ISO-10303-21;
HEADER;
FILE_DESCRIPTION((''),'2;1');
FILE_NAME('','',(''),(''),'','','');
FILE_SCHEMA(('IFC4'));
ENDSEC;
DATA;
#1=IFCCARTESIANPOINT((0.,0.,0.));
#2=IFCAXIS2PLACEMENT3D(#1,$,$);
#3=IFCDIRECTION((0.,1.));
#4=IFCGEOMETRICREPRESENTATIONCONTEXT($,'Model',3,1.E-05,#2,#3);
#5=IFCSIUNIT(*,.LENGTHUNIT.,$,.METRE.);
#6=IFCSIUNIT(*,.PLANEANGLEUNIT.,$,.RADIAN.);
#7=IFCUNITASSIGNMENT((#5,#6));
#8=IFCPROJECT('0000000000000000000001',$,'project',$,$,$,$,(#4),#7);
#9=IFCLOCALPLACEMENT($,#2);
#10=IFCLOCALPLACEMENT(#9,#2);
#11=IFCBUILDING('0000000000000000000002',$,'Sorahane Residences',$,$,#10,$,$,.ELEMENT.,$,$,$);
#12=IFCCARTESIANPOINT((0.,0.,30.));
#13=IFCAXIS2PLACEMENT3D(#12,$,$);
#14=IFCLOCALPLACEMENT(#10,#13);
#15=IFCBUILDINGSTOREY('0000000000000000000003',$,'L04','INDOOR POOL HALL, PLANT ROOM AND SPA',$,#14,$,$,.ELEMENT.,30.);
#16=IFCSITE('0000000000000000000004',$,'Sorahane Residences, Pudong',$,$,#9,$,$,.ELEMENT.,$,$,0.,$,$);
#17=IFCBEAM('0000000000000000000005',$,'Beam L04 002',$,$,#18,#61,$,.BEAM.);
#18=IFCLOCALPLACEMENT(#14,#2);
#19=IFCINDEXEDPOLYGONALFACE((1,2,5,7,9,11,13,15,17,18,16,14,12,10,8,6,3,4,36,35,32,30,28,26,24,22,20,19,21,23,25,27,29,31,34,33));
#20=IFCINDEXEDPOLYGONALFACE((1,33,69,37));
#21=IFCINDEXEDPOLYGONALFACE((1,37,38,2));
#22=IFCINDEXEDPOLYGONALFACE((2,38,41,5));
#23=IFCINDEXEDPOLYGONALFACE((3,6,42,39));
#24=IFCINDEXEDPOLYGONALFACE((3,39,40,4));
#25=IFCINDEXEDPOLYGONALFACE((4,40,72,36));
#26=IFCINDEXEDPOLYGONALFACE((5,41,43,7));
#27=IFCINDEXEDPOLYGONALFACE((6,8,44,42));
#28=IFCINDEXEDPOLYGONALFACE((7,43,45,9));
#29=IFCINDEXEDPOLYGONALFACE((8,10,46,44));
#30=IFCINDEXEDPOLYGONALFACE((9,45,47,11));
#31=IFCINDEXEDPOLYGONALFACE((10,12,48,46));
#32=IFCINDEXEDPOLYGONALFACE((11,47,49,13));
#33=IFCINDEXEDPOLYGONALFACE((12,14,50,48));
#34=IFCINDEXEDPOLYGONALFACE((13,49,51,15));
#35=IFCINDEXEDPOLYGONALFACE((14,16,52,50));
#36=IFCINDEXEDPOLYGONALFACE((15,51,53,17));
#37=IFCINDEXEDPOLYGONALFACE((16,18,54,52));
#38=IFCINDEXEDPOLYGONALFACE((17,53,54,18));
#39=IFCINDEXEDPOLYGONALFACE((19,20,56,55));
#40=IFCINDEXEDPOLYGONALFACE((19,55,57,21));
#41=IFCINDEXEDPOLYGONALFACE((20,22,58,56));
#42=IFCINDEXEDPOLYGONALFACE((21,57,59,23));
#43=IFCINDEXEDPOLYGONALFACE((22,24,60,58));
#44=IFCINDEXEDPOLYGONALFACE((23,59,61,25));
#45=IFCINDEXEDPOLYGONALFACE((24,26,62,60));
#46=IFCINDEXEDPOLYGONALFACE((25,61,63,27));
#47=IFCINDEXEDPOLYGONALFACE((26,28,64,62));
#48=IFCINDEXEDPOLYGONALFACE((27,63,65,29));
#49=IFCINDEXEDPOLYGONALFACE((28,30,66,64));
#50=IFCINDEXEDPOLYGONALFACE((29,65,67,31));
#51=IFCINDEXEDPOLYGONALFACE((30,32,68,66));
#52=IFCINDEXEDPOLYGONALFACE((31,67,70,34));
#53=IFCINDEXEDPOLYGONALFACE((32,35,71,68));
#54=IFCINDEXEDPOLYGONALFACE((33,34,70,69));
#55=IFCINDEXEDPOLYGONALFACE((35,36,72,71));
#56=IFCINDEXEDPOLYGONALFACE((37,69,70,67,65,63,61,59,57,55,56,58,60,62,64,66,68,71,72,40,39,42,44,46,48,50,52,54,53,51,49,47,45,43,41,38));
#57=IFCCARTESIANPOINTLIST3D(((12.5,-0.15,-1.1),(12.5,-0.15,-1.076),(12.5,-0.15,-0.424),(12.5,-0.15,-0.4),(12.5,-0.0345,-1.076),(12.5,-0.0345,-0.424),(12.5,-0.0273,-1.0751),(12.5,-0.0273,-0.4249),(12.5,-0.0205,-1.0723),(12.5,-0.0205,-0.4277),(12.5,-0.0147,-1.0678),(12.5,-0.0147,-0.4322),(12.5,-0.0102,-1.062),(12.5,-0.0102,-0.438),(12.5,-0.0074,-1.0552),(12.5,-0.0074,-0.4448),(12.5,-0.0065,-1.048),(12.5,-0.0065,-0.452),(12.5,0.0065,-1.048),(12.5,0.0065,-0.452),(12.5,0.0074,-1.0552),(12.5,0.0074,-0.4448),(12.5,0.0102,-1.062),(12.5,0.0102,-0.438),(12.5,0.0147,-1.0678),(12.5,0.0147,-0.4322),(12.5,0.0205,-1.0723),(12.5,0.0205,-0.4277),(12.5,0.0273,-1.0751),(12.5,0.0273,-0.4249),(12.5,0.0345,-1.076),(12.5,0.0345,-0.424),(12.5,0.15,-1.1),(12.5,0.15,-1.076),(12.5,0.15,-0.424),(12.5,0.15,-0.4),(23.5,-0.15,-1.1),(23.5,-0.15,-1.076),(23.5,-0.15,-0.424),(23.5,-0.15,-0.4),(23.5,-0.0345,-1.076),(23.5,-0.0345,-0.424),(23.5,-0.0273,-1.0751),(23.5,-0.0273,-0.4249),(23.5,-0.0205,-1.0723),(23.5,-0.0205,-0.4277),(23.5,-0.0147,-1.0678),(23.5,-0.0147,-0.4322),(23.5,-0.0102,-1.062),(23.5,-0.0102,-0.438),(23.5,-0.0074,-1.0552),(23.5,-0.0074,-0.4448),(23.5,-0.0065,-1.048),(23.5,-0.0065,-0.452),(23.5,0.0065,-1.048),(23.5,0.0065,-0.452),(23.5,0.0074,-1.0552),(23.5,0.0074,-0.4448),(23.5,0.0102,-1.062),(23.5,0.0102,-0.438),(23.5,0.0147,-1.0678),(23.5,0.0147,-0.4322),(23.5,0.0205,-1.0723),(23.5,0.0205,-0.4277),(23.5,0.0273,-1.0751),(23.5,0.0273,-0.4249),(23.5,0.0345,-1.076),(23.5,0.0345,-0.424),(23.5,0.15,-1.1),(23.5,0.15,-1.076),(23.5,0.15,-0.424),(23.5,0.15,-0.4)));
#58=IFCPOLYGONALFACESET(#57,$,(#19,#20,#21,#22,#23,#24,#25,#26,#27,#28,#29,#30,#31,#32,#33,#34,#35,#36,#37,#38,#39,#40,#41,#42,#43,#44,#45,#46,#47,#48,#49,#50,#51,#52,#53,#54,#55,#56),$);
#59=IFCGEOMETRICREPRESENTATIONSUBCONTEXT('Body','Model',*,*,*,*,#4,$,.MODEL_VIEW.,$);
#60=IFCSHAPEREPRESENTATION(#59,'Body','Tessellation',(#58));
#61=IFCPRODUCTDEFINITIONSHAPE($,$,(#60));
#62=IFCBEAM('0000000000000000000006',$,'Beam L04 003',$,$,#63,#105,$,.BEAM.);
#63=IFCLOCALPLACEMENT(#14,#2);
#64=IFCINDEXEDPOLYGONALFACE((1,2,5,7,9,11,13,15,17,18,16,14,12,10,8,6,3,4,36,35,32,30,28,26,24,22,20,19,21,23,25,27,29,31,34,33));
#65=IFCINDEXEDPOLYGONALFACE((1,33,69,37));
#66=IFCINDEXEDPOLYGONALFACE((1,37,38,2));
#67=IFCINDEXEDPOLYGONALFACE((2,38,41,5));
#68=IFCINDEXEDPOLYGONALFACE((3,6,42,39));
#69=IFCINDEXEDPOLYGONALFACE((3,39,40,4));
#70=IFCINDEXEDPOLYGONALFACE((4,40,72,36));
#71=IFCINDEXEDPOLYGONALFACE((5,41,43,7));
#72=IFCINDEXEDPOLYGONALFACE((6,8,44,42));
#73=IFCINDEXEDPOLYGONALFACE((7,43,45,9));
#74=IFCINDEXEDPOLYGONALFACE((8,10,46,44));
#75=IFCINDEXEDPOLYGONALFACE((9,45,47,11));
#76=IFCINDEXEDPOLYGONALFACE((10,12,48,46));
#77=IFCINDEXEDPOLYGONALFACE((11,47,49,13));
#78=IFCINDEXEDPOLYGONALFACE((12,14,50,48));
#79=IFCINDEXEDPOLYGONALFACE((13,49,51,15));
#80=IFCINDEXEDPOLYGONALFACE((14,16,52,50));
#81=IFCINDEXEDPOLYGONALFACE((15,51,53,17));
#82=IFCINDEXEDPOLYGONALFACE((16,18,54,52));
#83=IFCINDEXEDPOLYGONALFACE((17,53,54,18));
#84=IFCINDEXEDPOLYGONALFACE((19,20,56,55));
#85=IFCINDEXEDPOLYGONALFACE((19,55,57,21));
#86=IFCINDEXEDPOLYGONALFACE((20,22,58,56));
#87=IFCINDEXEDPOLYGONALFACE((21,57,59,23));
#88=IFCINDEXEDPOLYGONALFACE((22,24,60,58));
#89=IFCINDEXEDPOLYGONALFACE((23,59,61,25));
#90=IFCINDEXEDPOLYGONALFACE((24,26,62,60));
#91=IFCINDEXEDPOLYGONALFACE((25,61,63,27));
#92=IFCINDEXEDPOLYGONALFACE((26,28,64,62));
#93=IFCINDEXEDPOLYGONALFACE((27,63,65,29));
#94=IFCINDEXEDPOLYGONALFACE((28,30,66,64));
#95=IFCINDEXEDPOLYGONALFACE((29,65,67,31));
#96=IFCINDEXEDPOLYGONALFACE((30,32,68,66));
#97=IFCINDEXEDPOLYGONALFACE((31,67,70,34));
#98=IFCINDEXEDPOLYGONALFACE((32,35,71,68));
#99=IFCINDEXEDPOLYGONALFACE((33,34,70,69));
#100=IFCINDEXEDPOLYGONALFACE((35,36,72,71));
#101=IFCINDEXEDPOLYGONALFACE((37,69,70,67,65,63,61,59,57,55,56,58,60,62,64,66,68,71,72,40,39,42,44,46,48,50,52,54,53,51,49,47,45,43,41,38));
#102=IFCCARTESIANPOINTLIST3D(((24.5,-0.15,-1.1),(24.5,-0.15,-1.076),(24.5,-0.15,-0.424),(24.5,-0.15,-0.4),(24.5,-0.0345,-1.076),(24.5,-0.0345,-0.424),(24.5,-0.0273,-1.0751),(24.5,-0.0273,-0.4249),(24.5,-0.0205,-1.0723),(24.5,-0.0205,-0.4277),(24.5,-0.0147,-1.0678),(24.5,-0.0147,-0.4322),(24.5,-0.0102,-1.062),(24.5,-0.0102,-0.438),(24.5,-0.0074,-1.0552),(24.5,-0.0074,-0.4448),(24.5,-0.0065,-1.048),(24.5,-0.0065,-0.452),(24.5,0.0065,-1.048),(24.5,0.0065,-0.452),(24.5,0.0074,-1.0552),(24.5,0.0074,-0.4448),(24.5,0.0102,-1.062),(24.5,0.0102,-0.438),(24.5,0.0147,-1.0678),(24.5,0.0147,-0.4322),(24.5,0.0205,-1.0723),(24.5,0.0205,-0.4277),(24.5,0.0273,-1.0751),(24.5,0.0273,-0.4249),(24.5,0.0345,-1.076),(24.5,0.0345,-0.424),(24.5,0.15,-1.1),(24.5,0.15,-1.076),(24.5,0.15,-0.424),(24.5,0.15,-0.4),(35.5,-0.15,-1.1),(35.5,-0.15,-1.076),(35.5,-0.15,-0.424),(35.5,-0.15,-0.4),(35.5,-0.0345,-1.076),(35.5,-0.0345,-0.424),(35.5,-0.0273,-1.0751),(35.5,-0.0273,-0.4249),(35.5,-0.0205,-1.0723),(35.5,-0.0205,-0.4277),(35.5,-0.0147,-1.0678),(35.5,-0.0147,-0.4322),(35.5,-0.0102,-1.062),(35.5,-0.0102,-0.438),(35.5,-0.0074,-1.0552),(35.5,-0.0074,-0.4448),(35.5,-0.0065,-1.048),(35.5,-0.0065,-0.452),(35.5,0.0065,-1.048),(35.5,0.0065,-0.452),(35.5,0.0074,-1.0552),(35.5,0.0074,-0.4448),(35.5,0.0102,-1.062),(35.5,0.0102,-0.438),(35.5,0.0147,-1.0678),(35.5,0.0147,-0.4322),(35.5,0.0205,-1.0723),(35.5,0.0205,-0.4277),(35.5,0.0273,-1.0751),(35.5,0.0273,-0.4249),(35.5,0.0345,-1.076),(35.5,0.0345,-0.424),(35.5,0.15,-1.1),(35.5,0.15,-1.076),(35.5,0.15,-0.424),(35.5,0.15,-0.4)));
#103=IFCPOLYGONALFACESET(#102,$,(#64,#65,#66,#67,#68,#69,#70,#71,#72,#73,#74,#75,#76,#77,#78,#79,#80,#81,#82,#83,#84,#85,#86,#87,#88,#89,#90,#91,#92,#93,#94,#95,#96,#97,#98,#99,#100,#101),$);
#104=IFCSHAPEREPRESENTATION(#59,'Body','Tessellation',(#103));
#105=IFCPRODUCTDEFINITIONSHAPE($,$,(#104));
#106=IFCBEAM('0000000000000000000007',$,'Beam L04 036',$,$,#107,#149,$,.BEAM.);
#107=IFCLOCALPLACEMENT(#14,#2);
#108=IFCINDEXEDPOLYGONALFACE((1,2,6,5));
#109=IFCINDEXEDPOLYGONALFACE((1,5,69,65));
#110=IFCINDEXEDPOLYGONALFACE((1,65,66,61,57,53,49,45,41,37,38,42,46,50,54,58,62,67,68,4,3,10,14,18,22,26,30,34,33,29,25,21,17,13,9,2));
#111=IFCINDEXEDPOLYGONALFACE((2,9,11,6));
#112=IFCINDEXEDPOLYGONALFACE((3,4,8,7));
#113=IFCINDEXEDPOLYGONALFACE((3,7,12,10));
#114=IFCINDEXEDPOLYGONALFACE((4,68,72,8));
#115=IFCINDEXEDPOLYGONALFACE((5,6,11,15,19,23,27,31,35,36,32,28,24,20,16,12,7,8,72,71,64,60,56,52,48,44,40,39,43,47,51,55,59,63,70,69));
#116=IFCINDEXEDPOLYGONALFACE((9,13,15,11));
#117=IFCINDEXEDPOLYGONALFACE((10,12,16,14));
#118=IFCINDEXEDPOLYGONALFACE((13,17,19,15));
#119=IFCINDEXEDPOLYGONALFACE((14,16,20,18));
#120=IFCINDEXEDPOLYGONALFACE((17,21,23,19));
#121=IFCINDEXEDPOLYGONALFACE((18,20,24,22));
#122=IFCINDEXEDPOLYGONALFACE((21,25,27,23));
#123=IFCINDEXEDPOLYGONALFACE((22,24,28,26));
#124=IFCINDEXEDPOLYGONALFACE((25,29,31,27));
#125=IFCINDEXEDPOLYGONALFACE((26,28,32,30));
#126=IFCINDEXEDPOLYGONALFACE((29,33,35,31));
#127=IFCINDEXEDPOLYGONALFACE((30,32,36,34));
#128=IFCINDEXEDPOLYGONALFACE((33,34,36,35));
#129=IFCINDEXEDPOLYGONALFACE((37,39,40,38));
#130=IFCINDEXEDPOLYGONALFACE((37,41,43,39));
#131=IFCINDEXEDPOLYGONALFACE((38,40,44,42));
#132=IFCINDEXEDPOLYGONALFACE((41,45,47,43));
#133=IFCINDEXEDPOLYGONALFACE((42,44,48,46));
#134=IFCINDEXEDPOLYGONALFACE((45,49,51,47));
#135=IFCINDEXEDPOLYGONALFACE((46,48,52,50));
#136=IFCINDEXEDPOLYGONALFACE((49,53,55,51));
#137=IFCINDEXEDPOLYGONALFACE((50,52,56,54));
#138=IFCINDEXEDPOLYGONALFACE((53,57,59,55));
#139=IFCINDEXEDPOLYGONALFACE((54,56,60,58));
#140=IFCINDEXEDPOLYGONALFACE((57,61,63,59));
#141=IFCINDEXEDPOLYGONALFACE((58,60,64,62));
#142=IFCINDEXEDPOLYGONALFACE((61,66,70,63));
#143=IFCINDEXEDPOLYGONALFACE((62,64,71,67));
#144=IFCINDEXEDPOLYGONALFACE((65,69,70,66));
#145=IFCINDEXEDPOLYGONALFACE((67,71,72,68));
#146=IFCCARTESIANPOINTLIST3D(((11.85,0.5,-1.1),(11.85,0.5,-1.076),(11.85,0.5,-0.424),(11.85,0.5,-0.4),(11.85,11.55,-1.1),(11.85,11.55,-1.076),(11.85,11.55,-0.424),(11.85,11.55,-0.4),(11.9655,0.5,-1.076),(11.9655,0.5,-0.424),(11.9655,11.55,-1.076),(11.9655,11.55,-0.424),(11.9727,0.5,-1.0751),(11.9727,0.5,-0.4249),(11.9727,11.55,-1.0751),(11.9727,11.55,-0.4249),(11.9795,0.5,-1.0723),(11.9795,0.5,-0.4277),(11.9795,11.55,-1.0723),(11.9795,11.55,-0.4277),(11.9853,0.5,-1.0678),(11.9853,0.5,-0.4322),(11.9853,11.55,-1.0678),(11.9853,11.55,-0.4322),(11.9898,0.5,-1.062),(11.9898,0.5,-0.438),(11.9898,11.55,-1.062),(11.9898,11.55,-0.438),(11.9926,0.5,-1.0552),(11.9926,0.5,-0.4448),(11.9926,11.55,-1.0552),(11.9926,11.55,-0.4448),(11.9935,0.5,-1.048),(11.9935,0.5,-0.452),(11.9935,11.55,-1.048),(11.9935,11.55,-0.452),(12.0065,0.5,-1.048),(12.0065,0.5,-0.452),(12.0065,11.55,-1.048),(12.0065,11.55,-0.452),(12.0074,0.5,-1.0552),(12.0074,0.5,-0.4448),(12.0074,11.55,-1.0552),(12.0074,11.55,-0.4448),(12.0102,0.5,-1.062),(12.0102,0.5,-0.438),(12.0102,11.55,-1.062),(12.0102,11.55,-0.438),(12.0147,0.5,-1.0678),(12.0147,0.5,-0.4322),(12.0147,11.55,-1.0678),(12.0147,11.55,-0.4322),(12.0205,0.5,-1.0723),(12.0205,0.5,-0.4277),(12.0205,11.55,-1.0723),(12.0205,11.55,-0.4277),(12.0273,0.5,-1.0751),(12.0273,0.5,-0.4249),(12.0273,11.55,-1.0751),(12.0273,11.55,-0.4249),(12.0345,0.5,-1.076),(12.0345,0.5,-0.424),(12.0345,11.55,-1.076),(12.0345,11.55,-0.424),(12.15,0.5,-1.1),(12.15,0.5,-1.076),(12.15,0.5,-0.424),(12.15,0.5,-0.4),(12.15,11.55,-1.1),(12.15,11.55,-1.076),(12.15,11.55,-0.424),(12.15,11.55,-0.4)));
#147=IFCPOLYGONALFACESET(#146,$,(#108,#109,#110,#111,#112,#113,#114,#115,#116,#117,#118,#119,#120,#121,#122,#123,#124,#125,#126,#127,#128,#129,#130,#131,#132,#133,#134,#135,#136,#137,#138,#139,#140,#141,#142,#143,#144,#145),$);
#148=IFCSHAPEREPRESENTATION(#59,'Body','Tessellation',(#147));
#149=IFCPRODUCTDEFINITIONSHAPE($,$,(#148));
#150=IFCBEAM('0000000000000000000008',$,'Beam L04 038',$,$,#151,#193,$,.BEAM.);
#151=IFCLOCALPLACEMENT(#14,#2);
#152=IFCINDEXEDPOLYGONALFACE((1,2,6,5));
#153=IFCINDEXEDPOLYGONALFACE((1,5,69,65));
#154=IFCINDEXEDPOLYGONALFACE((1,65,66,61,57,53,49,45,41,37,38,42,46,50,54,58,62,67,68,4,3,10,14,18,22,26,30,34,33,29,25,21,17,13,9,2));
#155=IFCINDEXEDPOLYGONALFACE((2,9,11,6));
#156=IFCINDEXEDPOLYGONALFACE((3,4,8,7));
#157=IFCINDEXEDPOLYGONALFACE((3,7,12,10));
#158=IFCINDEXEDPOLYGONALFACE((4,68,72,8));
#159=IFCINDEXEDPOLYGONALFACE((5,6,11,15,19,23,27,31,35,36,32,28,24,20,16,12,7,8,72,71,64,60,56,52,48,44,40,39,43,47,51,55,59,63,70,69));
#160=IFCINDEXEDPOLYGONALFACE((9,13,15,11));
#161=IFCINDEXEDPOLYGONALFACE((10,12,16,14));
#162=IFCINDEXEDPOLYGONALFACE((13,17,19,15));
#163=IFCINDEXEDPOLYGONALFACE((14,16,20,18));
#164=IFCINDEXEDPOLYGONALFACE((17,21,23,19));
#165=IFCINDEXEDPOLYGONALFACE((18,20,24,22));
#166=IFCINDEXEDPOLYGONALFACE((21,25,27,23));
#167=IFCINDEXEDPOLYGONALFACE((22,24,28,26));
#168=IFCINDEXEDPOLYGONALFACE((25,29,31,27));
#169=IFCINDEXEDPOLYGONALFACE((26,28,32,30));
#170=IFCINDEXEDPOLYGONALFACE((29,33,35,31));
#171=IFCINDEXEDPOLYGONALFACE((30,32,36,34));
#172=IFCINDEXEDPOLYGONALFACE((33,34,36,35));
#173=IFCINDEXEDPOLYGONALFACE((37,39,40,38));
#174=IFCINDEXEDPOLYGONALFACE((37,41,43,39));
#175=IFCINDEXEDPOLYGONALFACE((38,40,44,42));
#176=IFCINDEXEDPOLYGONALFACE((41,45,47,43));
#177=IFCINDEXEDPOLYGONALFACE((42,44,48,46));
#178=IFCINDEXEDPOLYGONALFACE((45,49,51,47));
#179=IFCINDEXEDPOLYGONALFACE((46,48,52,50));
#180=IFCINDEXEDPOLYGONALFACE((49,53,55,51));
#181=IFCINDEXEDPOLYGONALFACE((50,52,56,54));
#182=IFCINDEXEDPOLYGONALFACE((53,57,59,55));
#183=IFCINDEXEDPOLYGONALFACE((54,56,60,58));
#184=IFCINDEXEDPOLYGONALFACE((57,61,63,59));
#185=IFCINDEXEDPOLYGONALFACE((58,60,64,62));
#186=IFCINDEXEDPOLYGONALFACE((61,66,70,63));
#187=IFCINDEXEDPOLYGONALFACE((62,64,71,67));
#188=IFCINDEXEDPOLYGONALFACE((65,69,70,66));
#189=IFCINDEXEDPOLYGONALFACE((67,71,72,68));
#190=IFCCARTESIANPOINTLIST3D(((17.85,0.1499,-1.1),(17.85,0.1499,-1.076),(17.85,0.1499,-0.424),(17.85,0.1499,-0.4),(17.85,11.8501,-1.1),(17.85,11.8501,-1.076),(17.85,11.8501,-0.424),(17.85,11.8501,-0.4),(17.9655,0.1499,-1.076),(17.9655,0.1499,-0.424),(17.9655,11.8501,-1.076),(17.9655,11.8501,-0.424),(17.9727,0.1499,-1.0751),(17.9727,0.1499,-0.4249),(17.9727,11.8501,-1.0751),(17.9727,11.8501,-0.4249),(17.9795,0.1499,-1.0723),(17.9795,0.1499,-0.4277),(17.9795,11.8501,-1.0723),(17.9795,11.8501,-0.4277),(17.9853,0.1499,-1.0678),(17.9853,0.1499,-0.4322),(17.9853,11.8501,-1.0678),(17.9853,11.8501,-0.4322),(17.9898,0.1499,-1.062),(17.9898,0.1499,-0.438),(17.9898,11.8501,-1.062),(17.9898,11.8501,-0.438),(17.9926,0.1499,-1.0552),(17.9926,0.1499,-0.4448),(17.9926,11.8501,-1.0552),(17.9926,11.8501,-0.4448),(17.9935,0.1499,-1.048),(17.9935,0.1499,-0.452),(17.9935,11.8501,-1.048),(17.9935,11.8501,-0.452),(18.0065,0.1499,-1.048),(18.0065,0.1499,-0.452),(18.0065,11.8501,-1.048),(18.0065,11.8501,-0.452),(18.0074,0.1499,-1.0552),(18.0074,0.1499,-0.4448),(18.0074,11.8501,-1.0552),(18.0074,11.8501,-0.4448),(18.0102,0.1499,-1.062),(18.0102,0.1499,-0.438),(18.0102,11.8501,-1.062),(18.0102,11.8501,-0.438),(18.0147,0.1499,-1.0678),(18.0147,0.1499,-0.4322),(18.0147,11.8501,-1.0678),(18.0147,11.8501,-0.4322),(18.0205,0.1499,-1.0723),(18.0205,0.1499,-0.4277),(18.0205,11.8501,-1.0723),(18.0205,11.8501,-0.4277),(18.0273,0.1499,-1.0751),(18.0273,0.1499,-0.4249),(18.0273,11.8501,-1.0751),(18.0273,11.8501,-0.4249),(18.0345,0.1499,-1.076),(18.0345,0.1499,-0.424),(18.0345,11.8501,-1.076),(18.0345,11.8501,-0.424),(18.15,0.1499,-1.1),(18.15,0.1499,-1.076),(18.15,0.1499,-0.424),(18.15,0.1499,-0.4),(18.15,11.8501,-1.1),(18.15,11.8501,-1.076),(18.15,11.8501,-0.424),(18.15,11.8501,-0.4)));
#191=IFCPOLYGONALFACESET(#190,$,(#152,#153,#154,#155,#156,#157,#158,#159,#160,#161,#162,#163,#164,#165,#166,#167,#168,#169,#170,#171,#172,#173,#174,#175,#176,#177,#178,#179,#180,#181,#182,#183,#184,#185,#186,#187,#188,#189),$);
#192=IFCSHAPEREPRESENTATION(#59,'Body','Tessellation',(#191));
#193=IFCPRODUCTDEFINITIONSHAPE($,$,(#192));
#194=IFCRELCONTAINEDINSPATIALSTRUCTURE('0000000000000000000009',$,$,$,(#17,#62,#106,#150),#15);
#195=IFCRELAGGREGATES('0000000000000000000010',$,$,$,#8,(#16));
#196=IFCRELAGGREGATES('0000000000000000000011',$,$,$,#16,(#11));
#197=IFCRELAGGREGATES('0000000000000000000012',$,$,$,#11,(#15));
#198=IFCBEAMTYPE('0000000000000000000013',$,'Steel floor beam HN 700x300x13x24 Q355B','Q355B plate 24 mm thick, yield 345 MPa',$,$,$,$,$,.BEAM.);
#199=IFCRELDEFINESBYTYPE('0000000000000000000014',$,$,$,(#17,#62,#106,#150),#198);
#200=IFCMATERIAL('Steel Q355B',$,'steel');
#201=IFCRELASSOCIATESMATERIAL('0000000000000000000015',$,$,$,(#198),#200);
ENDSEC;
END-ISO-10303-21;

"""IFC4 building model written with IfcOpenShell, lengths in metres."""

from ifc_helpers import new_model, si_unit, direction, frame, origin, origin_2d, place, context, subcontext, project, spatial, i_section, extrude, material, material_profile, profile_set, type_object, element, save


model = new_model("IFC4")

# Units and contexts
model_context = context("Model", 3, precision=1e-05, world=origin(), true_north=direction((0.0, 1.0)))
body_context = subcontext(model_context, "Body", "Model", "MODEL_VIEW")
ifc_project = project(units=[si_unit("LENGTHUNIT", "METRE"), si_unit("PLANEANGLEUNIT", "RADIAN")], contexts=[model_context])

# Site, building, storey
site_placement = place(None, origin())
site = spatial("IfcSite", under=ifc_project, at=site_placement, Name="Sorahane Residences, Pudong", CompositionType="ELEMENT", RefElevation=0.0)
building_placement = place(site_placement, origin())
building = spatial("IfcBuilding", under=site, at=building_placement, Name="Sorahane Residences", CompositionType="ELEMENT")
storey_placement = place(building_placement, frame((0.0, 0.0, 30.0)))
storey = spatial("IfcBuildingStorey", under=building, at=storey_placement, Name="L04", Description="INDOOR POOL HALL, PLANT ROOM AND SPA", CompositionType="ELEMENT", Elevation=30.0)

# Beams
ifc_material_1 = material(Name="Steel Q355B", Category="steel")
ifc_material_profile_1 = material_profile(ifc_material_1, i_section(OverallWidth=0.3, OverallDepth=0.7, WebThickness=0.0129, FlangeThickness=0.0239, FilletRadius=0.0281, at=origin_2d()), Name="HN 700x300x13x24")
ifc_profile_set_1 = profile_set([ifc_material_profile_1], Name="Steel Q355B")
beam_type_1 = type_object("IfcBeamType", Name="Steel floor beam HN 700x300x13x24 Q355B", Description="Q355B plate 24 mm thick, yield 345 MPa", PredefinedType="BEAM", material=ifc_profile_set_1)
for number, where, z_axis, x_axis, name in (
    (1, (12.5, 0.0, -0.75), (1.0, 0.0, 0.0), (0.0, 1.0, 0.0), "Beam L04 002"),
    (2, (24.5, 0.0, -0.75), (1.0, 0.0, 0.0), (0.0, 1.0, 0.0), "Beam L04 003"),
):
    element("IfcBeam", number, at=place(storey_placement, frame(where, z_axis=z_axis, x_axis=x_axis)), inside=storey, type_object=beam_type_1, Name=name, PredefinedType="BEAM", context=body_context, shape_type="SweptSolid", body=[
        extrude(i_section(OverallWidth=0.3, OverallDepth=0.7, WebThickness=0.0129, FlangeThickness=0.0239, FilletRadius=0.0281, at=origin_2d()), origin(), (0.0, 0.0, 1.0), 11.0),
    ])
beam_1_placement = place(storey_placement, frame((12.0, 0.5, -0.75), z_axis=(0.0, 1.0, 0.0), x_axis=(-1.0, 0.0, 0.0)))
element("IfcBeam", 3, at=beam_1_placement, inside=storey, type_object=beam_type_1, Name="Beam L04 036", PredefinedType="BEAM", context=body_context, shape_type="SweptSolid", body=[
    extrude(i_section(OverallWidth=0.3, OverallDepth=0.7, WebThickness=0.0129, FlangeThickness=0.0239, FilletRadius=0.0281, at=origin_2d()), origin(), (0.0, 0.0, 1.0), 11.05),
])
beam_2_placement = place(storey_placement, frame((18.0, 0.1499, -0.75), z_axis=(0.0, 1.0, 0.0), x_axis=(-1.0, 0.0, 0.0)))
element("IfcBeam", 4, at=beam_2_placement, inside=storey, type_object=beam_type_1, Name="Beam L04 038", PredefinedType="BEAM", context=body_context, shape_type="SweptSolid", body=[
    extrude(i_section(OverallWidth=0.3, OverallDepth=0.7, WebThickness=0.0129, FlangeThickness=0.0239, FilletRadius=0.0281, at=origin_2d()), origin(), (0.0, 0.0, 1.0), 11.7002),
])

save(model, "model.ifc")
